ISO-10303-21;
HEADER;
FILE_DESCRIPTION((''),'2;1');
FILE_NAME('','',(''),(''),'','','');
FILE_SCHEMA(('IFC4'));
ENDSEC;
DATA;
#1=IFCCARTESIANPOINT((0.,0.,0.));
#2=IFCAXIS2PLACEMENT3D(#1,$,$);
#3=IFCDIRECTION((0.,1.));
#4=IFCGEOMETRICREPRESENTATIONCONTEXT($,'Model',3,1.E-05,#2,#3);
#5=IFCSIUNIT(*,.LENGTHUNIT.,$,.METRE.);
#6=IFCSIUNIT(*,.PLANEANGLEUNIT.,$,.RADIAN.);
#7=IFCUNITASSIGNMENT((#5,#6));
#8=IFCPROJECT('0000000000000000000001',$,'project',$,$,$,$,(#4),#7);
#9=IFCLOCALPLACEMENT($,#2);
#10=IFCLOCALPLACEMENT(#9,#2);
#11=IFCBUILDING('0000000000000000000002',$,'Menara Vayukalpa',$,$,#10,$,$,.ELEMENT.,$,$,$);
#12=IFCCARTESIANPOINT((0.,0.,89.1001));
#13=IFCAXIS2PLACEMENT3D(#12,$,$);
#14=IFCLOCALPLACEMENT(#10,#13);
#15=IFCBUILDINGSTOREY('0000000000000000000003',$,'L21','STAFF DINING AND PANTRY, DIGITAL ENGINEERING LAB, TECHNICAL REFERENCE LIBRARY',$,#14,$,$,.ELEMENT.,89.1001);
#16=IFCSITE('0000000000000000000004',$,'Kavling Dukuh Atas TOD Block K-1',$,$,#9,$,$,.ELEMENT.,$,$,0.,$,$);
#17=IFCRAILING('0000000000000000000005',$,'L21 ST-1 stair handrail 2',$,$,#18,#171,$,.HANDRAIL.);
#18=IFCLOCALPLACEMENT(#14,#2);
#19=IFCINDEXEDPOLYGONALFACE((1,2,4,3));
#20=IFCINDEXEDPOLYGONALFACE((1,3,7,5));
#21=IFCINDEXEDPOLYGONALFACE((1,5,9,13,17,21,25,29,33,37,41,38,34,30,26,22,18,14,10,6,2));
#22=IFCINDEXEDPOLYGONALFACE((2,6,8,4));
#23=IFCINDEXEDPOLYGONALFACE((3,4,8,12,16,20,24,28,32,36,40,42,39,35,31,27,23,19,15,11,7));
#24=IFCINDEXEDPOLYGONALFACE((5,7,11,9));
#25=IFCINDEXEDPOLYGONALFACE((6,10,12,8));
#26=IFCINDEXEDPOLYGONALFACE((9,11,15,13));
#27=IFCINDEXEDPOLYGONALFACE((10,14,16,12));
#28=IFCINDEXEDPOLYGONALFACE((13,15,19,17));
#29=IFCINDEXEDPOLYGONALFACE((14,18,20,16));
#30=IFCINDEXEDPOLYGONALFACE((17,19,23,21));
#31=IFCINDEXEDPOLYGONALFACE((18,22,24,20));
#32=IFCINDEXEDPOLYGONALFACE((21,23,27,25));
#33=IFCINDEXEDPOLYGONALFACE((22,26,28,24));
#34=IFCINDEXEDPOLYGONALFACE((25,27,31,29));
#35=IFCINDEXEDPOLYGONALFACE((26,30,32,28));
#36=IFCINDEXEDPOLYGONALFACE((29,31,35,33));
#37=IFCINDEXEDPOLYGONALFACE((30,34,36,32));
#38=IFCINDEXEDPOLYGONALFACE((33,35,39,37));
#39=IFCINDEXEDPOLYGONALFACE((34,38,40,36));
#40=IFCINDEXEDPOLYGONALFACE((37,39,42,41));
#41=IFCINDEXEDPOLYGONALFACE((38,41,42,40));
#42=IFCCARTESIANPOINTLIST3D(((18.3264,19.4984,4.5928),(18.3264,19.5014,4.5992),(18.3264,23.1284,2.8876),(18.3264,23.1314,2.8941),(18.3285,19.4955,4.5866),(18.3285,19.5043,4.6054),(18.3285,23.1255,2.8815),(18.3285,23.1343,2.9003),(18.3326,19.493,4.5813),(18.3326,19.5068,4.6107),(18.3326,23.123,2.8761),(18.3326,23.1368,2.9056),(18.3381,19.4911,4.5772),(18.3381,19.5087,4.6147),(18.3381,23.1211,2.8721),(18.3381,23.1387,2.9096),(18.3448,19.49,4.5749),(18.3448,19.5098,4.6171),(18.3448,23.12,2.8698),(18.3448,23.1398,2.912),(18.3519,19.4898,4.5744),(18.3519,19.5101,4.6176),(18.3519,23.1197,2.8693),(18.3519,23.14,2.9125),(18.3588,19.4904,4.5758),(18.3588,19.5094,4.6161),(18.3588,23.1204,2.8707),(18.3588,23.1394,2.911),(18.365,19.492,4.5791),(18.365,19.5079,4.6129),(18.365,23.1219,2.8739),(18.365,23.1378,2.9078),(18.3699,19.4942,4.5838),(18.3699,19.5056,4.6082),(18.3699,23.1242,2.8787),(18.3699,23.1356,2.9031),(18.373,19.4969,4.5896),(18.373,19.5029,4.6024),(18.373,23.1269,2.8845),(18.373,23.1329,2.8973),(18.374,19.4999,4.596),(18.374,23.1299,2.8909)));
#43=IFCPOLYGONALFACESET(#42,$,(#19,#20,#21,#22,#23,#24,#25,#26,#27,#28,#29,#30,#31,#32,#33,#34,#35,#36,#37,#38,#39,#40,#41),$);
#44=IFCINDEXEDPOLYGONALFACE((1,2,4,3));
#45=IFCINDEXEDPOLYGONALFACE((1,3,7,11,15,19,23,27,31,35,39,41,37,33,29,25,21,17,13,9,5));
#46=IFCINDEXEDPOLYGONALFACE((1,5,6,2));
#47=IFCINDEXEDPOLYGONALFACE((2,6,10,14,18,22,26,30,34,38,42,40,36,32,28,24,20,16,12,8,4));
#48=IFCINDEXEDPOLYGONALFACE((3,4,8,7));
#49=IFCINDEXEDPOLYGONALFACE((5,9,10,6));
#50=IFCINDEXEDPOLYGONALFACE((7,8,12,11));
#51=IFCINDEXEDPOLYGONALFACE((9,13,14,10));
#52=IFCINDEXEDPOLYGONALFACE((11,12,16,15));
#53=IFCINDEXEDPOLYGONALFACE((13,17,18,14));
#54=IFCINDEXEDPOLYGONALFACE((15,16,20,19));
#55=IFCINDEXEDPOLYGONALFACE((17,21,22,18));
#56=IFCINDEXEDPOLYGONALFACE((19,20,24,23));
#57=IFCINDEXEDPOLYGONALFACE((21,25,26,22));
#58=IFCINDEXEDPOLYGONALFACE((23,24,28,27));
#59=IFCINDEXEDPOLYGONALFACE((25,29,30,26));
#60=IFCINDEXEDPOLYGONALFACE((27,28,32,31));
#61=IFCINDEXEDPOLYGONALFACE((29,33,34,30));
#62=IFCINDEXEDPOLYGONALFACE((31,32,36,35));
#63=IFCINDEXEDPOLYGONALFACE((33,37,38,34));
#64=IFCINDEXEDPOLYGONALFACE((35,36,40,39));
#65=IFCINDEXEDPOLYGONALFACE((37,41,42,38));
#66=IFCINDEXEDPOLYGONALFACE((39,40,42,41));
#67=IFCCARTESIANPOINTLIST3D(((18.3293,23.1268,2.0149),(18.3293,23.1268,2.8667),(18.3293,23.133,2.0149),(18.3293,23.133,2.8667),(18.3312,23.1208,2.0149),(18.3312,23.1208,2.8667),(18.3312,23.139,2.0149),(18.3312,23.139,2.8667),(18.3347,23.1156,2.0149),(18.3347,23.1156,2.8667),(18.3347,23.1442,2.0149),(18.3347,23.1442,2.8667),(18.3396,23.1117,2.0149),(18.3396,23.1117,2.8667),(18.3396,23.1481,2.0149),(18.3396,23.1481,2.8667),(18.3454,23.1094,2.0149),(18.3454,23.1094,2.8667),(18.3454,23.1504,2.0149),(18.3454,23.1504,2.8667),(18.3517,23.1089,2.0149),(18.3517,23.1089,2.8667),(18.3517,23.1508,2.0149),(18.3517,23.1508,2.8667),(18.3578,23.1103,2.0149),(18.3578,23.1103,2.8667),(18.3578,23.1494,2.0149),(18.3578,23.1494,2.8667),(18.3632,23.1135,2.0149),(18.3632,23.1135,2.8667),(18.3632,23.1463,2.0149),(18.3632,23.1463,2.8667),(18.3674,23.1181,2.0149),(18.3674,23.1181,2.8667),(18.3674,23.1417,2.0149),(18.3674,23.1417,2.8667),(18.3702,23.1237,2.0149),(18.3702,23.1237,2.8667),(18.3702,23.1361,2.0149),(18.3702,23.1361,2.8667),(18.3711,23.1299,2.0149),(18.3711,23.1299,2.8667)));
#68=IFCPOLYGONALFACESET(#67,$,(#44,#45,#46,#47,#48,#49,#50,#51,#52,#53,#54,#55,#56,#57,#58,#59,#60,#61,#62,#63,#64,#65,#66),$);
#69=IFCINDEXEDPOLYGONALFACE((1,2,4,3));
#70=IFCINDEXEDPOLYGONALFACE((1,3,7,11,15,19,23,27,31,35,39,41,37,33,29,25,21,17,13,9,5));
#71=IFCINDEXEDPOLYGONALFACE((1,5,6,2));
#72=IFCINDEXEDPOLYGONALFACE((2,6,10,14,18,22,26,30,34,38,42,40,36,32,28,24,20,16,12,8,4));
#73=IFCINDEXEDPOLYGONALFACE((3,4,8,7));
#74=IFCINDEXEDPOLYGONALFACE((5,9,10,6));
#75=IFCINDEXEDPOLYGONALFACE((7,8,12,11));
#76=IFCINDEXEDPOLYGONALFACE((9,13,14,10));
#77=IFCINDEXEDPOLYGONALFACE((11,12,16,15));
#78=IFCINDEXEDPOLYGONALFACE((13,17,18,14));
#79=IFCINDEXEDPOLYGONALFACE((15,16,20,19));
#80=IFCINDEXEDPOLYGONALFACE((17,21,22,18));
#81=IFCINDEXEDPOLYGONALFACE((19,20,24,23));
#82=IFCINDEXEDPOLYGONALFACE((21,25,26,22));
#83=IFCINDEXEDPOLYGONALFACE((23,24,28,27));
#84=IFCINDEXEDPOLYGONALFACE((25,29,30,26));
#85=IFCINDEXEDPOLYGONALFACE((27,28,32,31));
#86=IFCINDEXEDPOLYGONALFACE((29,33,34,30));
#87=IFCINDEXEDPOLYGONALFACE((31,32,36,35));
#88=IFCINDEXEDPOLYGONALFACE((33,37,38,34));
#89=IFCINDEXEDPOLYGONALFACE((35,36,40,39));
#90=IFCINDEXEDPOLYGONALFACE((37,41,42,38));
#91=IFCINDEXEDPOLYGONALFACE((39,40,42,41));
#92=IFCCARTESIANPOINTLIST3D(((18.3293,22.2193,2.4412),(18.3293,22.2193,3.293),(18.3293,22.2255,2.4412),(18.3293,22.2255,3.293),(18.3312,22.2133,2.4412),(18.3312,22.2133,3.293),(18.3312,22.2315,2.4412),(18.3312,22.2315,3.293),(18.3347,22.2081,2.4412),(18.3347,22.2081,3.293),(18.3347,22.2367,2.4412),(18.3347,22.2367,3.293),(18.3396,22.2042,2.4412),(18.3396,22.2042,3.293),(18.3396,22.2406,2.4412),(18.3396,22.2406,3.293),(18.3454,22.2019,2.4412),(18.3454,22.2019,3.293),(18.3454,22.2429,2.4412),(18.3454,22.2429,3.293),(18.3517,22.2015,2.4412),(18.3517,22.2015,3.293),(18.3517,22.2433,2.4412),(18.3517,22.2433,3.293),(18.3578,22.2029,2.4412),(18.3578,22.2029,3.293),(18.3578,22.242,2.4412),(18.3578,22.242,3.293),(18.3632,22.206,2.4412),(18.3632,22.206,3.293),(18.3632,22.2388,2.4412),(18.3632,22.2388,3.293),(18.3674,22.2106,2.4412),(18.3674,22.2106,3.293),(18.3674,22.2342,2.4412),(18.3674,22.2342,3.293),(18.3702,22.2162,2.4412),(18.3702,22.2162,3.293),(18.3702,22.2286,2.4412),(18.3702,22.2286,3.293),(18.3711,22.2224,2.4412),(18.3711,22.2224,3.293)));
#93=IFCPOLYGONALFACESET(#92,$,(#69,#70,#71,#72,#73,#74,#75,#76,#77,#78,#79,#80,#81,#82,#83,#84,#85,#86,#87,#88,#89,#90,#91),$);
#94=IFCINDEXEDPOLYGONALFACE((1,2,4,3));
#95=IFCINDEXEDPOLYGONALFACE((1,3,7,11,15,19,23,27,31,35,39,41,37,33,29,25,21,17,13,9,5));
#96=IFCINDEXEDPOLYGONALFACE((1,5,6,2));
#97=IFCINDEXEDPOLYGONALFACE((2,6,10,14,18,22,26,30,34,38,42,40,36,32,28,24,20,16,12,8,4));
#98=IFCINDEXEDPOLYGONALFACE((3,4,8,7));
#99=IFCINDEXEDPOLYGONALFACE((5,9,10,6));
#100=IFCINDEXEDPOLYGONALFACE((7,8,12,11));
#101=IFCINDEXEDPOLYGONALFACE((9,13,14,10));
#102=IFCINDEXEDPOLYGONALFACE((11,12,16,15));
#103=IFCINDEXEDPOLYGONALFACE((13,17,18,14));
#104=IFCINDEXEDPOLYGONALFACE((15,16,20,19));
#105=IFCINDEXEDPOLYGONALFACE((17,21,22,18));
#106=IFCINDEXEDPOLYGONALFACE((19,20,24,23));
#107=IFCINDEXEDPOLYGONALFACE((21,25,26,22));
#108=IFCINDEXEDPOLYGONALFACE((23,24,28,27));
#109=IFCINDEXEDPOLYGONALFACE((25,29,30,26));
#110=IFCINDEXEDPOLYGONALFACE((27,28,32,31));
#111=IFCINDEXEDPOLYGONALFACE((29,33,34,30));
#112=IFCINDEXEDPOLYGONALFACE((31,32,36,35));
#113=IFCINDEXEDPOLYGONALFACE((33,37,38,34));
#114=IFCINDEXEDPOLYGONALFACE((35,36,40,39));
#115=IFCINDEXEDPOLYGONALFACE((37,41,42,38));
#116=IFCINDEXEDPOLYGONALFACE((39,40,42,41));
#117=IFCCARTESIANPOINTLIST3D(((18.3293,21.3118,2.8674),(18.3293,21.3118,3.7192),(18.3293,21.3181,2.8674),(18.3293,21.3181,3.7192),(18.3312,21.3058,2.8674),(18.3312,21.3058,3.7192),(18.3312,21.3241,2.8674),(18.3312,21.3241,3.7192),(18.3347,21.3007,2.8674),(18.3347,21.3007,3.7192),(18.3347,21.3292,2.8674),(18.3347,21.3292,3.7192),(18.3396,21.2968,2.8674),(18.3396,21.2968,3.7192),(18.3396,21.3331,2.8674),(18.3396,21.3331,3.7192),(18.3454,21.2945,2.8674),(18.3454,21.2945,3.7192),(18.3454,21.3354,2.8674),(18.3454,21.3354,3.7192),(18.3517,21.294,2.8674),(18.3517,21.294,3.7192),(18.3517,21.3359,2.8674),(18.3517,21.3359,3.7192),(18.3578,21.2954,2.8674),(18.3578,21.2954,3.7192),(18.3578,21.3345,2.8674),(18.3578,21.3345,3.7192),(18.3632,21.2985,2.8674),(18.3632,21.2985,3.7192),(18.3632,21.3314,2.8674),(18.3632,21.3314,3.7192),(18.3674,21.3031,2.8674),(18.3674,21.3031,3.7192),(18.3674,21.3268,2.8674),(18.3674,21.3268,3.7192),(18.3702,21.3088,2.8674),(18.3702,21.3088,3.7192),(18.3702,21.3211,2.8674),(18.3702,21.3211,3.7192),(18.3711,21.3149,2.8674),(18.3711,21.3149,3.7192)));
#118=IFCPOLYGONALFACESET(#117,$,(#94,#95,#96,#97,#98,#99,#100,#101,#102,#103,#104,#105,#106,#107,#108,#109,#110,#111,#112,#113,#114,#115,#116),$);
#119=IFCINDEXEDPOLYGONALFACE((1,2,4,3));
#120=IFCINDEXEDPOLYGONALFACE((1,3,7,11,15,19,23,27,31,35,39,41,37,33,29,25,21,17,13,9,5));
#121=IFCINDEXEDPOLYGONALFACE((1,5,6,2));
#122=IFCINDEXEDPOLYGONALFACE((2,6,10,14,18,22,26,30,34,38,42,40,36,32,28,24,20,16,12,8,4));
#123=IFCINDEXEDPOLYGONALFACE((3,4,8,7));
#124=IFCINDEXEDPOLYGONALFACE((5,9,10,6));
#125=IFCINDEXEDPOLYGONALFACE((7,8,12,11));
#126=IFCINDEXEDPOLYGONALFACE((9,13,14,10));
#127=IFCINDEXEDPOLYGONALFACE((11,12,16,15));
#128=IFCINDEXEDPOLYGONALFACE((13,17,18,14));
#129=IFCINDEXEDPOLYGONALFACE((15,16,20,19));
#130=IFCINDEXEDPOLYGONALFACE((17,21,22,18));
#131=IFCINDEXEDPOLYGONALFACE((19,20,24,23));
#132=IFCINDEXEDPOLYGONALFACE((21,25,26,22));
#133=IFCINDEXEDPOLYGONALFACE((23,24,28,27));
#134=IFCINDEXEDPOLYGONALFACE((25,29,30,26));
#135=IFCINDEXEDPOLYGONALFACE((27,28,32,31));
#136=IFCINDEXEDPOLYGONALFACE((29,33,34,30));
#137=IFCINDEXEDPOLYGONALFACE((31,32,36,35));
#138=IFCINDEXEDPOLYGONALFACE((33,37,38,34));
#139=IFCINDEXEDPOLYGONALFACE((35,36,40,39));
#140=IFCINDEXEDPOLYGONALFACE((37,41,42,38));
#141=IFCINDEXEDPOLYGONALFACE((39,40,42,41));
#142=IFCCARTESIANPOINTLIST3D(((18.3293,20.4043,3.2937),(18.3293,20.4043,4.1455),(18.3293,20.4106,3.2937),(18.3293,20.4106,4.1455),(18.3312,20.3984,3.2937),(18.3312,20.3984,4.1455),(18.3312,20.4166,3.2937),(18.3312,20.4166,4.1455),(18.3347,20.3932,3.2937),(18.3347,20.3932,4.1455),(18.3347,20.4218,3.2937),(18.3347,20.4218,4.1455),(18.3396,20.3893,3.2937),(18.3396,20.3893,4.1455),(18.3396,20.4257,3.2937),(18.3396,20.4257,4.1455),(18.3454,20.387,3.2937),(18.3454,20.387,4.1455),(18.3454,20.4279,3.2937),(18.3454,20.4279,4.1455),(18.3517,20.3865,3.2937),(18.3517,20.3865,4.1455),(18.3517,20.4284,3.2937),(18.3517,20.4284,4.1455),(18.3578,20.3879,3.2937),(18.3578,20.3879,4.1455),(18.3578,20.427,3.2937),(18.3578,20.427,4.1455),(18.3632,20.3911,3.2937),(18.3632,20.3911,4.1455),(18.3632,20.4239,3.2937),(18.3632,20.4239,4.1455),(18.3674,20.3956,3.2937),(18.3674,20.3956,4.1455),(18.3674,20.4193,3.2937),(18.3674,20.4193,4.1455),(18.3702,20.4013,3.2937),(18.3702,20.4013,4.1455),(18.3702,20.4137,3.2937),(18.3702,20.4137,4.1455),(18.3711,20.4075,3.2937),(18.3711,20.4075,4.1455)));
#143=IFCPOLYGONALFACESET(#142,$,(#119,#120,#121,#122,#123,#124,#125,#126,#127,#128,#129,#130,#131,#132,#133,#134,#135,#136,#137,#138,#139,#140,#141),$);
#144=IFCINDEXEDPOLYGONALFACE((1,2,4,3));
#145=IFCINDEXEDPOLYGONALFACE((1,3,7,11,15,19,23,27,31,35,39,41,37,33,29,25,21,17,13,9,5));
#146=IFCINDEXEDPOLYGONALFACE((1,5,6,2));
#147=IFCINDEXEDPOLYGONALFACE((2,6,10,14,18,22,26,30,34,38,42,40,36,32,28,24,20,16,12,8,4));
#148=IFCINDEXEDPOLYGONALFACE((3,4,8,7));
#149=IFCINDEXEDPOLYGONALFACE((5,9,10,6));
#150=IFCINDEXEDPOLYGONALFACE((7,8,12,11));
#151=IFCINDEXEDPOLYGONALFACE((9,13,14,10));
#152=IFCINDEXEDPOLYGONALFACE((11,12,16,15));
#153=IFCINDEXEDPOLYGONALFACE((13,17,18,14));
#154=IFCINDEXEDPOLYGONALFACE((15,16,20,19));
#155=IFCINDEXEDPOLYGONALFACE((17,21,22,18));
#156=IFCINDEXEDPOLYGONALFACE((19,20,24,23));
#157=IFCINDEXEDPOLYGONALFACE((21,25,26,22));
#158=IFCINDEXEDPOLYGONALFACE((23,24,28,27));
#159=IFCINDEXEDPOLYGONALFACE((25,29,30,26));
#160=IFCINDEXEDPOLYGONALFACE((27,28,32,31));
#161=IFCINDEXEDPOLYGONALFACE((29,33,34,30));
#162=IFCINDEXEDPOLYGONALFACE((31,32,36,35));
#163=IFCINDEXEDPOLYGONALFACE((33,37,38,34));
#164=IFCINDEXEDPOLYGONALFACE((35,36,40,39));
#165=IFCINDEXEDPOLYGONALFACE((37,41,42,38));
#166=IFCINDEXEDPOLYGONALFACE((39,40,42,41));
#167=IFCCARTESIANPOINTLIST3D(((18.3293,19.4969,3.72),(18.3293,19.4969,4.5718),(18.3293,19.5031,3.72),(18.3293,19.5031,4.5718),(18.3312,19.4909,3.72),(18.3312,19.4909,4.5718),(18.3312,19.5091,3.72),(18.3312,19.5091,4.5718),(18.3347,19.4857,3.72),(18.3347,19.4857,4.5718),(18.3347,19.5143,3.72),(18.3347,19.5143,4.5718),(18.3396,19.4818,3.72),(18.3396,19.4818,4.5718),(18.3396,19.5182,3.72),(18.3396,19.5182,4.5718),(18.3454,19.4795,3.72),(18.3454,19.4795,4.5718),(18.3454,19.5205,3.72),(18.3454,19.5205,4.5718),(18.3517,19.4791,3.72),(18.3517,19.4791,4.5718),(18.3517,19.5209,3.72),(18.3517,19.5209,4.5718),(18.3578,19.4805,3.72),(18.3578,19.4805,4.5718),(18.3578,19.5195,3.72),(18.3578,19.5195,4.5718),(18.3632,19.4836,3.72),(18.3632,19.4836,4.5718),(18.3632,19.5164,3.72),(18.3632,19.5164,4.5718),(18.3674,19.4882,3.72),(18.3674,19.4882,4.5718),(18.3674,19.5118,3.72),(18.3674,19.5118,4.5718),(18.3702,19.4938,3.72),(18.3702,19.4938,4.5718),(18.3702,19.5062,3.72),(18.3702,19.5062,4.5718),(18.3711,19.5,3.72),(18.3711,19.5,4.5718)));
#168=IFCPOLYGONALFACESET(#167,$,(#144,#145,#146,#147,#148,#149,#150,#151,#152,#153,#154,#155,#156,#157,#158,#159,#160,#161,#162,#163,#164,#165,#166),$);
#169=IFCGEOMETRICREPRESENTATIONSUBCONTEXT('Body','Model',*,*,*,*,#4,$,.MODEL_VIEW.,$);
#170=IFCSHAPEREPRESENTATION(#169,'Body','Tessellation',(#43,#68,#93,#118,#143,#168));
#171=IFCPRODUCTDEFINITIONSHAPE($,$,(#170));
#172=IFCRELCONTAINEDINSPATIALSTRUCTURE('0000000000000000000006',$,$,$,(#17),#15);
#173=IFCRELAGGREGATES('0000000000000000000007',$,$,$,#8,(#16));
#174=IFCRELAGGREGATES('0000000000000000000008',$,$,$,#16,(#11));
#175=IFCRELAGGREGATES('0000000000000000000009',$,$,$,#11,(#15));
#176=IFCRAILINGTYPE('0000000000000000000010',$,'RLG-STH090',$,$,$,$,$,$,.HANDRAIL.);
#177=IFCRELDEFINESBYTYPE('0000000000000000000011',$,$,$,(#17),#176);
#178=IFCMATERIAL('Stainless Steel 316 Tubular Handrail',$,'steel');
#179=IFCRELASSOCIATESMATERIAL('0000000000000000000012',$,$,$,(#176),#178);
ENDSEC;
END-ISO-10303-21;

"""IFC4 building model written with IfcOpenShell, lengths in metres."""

from ifc_helpers import new_model, si_unit, direction, frame, origin, origin_2d, place, context, subcontext, project, spatial, circle, extrude, material, type_object, element, save


model = new_model("IFC4")

# Units and contexts
model_context = context("Model", 3, precision=1e-05, world=origin(), true_north=direction((0.0, 1.0)))
body_context = subcontext(model_context, "Body", "Model", "MODEL_VIEW")
ifc_project = project(units=[si_unit("LENGTHUNIT", "METRE"), si_unit("PLANEANGLEUNIT", "RADIAN")], contexts=[model_context])

# Site, building, storey
site_placement = place(None, origin())
site = spatial("IfcSite", under=ifc_project, at=site_placement, Name="Kavling Dukuh Atas TOD Block K-1", CompositionType="ELEMENT", RefElevation=0.0)
building_placement = place(site_placement, origin())
building = spatial("IfcBuilding", under=site, at=building_placement, Name="Menara Vayukalpa", CompositionType="ELEMENT")
storey_placement = place(building_placement, frame((0.0, 0.0, 89.1001)))
storey = spatial("IfcBuildingStorey", under=building, at=storey_placement, Name="L21", Description="STAFF DINING AND PANTRY, DIGITAL ENGINEERING LAB, TECHNICAL REFERENCE LIBRARY", CompositionType="ELEMENT", Elevation=89.1001)

# Railing
ifc_material_1 = material(Name="Stainless Steel 316 Tubular Handrail", Category="steel")
railing_type_1 = type_object("IfcRailingType", Name="RLG-STH090", PredefinedType="HANDRAIL", material=ifc_material_1)
railing_1_placement = place(storey_placement, frame((18.3501, 23.1299, 2.0149)))
element("IfcRailing", 1, at=railing_1_placement, inside=storey, type_object=railing_type_1, Name="L21 ST-1 stair handrail 2", PredefinedType="HANDRAIL", context=body_context, shape_type="SweptSolid", body=[
    extrude(circle(Radius=0.0239, at=origin_2d()), frame((0.0, 0.0, 0.876), z_axis=(0.0, -0.905116, 0.425164), x_axis=(1.0, 0.0, 0.0)), (0.0, 0.0, 1.0), 4.0105),
    extrude(circle(Radius=0.021, at=origin_2d()), origin(), (0.0, 0.0, 1.0), 0.8518),
    extrude(circle(Radius=0.021, at=origin_2d()), frame((0.0, -0.9075, 0.4263)), (0.0, 0.0, 1.0), 0.8518),
    extrude(circle(Radius=0.021, at=origin_2d()), frame((0.0, -1.8149, 0.8525)), (0.0, 0.0, 1.0), 0.8518),
    extrude(circle(Radius=0.021, at=origin_2d()), frame((0.0, -2.7224, 1.2788)), (0.0, 0.0, 1.0), 0.8518),
    extrude(circle(Radius=0.021, at=origin_2d()), frame((0.0, -3.6299, 1.7051)), (0.0, 0.0, 1.0), 0.8518),
])

save(model, "model.ifc")
